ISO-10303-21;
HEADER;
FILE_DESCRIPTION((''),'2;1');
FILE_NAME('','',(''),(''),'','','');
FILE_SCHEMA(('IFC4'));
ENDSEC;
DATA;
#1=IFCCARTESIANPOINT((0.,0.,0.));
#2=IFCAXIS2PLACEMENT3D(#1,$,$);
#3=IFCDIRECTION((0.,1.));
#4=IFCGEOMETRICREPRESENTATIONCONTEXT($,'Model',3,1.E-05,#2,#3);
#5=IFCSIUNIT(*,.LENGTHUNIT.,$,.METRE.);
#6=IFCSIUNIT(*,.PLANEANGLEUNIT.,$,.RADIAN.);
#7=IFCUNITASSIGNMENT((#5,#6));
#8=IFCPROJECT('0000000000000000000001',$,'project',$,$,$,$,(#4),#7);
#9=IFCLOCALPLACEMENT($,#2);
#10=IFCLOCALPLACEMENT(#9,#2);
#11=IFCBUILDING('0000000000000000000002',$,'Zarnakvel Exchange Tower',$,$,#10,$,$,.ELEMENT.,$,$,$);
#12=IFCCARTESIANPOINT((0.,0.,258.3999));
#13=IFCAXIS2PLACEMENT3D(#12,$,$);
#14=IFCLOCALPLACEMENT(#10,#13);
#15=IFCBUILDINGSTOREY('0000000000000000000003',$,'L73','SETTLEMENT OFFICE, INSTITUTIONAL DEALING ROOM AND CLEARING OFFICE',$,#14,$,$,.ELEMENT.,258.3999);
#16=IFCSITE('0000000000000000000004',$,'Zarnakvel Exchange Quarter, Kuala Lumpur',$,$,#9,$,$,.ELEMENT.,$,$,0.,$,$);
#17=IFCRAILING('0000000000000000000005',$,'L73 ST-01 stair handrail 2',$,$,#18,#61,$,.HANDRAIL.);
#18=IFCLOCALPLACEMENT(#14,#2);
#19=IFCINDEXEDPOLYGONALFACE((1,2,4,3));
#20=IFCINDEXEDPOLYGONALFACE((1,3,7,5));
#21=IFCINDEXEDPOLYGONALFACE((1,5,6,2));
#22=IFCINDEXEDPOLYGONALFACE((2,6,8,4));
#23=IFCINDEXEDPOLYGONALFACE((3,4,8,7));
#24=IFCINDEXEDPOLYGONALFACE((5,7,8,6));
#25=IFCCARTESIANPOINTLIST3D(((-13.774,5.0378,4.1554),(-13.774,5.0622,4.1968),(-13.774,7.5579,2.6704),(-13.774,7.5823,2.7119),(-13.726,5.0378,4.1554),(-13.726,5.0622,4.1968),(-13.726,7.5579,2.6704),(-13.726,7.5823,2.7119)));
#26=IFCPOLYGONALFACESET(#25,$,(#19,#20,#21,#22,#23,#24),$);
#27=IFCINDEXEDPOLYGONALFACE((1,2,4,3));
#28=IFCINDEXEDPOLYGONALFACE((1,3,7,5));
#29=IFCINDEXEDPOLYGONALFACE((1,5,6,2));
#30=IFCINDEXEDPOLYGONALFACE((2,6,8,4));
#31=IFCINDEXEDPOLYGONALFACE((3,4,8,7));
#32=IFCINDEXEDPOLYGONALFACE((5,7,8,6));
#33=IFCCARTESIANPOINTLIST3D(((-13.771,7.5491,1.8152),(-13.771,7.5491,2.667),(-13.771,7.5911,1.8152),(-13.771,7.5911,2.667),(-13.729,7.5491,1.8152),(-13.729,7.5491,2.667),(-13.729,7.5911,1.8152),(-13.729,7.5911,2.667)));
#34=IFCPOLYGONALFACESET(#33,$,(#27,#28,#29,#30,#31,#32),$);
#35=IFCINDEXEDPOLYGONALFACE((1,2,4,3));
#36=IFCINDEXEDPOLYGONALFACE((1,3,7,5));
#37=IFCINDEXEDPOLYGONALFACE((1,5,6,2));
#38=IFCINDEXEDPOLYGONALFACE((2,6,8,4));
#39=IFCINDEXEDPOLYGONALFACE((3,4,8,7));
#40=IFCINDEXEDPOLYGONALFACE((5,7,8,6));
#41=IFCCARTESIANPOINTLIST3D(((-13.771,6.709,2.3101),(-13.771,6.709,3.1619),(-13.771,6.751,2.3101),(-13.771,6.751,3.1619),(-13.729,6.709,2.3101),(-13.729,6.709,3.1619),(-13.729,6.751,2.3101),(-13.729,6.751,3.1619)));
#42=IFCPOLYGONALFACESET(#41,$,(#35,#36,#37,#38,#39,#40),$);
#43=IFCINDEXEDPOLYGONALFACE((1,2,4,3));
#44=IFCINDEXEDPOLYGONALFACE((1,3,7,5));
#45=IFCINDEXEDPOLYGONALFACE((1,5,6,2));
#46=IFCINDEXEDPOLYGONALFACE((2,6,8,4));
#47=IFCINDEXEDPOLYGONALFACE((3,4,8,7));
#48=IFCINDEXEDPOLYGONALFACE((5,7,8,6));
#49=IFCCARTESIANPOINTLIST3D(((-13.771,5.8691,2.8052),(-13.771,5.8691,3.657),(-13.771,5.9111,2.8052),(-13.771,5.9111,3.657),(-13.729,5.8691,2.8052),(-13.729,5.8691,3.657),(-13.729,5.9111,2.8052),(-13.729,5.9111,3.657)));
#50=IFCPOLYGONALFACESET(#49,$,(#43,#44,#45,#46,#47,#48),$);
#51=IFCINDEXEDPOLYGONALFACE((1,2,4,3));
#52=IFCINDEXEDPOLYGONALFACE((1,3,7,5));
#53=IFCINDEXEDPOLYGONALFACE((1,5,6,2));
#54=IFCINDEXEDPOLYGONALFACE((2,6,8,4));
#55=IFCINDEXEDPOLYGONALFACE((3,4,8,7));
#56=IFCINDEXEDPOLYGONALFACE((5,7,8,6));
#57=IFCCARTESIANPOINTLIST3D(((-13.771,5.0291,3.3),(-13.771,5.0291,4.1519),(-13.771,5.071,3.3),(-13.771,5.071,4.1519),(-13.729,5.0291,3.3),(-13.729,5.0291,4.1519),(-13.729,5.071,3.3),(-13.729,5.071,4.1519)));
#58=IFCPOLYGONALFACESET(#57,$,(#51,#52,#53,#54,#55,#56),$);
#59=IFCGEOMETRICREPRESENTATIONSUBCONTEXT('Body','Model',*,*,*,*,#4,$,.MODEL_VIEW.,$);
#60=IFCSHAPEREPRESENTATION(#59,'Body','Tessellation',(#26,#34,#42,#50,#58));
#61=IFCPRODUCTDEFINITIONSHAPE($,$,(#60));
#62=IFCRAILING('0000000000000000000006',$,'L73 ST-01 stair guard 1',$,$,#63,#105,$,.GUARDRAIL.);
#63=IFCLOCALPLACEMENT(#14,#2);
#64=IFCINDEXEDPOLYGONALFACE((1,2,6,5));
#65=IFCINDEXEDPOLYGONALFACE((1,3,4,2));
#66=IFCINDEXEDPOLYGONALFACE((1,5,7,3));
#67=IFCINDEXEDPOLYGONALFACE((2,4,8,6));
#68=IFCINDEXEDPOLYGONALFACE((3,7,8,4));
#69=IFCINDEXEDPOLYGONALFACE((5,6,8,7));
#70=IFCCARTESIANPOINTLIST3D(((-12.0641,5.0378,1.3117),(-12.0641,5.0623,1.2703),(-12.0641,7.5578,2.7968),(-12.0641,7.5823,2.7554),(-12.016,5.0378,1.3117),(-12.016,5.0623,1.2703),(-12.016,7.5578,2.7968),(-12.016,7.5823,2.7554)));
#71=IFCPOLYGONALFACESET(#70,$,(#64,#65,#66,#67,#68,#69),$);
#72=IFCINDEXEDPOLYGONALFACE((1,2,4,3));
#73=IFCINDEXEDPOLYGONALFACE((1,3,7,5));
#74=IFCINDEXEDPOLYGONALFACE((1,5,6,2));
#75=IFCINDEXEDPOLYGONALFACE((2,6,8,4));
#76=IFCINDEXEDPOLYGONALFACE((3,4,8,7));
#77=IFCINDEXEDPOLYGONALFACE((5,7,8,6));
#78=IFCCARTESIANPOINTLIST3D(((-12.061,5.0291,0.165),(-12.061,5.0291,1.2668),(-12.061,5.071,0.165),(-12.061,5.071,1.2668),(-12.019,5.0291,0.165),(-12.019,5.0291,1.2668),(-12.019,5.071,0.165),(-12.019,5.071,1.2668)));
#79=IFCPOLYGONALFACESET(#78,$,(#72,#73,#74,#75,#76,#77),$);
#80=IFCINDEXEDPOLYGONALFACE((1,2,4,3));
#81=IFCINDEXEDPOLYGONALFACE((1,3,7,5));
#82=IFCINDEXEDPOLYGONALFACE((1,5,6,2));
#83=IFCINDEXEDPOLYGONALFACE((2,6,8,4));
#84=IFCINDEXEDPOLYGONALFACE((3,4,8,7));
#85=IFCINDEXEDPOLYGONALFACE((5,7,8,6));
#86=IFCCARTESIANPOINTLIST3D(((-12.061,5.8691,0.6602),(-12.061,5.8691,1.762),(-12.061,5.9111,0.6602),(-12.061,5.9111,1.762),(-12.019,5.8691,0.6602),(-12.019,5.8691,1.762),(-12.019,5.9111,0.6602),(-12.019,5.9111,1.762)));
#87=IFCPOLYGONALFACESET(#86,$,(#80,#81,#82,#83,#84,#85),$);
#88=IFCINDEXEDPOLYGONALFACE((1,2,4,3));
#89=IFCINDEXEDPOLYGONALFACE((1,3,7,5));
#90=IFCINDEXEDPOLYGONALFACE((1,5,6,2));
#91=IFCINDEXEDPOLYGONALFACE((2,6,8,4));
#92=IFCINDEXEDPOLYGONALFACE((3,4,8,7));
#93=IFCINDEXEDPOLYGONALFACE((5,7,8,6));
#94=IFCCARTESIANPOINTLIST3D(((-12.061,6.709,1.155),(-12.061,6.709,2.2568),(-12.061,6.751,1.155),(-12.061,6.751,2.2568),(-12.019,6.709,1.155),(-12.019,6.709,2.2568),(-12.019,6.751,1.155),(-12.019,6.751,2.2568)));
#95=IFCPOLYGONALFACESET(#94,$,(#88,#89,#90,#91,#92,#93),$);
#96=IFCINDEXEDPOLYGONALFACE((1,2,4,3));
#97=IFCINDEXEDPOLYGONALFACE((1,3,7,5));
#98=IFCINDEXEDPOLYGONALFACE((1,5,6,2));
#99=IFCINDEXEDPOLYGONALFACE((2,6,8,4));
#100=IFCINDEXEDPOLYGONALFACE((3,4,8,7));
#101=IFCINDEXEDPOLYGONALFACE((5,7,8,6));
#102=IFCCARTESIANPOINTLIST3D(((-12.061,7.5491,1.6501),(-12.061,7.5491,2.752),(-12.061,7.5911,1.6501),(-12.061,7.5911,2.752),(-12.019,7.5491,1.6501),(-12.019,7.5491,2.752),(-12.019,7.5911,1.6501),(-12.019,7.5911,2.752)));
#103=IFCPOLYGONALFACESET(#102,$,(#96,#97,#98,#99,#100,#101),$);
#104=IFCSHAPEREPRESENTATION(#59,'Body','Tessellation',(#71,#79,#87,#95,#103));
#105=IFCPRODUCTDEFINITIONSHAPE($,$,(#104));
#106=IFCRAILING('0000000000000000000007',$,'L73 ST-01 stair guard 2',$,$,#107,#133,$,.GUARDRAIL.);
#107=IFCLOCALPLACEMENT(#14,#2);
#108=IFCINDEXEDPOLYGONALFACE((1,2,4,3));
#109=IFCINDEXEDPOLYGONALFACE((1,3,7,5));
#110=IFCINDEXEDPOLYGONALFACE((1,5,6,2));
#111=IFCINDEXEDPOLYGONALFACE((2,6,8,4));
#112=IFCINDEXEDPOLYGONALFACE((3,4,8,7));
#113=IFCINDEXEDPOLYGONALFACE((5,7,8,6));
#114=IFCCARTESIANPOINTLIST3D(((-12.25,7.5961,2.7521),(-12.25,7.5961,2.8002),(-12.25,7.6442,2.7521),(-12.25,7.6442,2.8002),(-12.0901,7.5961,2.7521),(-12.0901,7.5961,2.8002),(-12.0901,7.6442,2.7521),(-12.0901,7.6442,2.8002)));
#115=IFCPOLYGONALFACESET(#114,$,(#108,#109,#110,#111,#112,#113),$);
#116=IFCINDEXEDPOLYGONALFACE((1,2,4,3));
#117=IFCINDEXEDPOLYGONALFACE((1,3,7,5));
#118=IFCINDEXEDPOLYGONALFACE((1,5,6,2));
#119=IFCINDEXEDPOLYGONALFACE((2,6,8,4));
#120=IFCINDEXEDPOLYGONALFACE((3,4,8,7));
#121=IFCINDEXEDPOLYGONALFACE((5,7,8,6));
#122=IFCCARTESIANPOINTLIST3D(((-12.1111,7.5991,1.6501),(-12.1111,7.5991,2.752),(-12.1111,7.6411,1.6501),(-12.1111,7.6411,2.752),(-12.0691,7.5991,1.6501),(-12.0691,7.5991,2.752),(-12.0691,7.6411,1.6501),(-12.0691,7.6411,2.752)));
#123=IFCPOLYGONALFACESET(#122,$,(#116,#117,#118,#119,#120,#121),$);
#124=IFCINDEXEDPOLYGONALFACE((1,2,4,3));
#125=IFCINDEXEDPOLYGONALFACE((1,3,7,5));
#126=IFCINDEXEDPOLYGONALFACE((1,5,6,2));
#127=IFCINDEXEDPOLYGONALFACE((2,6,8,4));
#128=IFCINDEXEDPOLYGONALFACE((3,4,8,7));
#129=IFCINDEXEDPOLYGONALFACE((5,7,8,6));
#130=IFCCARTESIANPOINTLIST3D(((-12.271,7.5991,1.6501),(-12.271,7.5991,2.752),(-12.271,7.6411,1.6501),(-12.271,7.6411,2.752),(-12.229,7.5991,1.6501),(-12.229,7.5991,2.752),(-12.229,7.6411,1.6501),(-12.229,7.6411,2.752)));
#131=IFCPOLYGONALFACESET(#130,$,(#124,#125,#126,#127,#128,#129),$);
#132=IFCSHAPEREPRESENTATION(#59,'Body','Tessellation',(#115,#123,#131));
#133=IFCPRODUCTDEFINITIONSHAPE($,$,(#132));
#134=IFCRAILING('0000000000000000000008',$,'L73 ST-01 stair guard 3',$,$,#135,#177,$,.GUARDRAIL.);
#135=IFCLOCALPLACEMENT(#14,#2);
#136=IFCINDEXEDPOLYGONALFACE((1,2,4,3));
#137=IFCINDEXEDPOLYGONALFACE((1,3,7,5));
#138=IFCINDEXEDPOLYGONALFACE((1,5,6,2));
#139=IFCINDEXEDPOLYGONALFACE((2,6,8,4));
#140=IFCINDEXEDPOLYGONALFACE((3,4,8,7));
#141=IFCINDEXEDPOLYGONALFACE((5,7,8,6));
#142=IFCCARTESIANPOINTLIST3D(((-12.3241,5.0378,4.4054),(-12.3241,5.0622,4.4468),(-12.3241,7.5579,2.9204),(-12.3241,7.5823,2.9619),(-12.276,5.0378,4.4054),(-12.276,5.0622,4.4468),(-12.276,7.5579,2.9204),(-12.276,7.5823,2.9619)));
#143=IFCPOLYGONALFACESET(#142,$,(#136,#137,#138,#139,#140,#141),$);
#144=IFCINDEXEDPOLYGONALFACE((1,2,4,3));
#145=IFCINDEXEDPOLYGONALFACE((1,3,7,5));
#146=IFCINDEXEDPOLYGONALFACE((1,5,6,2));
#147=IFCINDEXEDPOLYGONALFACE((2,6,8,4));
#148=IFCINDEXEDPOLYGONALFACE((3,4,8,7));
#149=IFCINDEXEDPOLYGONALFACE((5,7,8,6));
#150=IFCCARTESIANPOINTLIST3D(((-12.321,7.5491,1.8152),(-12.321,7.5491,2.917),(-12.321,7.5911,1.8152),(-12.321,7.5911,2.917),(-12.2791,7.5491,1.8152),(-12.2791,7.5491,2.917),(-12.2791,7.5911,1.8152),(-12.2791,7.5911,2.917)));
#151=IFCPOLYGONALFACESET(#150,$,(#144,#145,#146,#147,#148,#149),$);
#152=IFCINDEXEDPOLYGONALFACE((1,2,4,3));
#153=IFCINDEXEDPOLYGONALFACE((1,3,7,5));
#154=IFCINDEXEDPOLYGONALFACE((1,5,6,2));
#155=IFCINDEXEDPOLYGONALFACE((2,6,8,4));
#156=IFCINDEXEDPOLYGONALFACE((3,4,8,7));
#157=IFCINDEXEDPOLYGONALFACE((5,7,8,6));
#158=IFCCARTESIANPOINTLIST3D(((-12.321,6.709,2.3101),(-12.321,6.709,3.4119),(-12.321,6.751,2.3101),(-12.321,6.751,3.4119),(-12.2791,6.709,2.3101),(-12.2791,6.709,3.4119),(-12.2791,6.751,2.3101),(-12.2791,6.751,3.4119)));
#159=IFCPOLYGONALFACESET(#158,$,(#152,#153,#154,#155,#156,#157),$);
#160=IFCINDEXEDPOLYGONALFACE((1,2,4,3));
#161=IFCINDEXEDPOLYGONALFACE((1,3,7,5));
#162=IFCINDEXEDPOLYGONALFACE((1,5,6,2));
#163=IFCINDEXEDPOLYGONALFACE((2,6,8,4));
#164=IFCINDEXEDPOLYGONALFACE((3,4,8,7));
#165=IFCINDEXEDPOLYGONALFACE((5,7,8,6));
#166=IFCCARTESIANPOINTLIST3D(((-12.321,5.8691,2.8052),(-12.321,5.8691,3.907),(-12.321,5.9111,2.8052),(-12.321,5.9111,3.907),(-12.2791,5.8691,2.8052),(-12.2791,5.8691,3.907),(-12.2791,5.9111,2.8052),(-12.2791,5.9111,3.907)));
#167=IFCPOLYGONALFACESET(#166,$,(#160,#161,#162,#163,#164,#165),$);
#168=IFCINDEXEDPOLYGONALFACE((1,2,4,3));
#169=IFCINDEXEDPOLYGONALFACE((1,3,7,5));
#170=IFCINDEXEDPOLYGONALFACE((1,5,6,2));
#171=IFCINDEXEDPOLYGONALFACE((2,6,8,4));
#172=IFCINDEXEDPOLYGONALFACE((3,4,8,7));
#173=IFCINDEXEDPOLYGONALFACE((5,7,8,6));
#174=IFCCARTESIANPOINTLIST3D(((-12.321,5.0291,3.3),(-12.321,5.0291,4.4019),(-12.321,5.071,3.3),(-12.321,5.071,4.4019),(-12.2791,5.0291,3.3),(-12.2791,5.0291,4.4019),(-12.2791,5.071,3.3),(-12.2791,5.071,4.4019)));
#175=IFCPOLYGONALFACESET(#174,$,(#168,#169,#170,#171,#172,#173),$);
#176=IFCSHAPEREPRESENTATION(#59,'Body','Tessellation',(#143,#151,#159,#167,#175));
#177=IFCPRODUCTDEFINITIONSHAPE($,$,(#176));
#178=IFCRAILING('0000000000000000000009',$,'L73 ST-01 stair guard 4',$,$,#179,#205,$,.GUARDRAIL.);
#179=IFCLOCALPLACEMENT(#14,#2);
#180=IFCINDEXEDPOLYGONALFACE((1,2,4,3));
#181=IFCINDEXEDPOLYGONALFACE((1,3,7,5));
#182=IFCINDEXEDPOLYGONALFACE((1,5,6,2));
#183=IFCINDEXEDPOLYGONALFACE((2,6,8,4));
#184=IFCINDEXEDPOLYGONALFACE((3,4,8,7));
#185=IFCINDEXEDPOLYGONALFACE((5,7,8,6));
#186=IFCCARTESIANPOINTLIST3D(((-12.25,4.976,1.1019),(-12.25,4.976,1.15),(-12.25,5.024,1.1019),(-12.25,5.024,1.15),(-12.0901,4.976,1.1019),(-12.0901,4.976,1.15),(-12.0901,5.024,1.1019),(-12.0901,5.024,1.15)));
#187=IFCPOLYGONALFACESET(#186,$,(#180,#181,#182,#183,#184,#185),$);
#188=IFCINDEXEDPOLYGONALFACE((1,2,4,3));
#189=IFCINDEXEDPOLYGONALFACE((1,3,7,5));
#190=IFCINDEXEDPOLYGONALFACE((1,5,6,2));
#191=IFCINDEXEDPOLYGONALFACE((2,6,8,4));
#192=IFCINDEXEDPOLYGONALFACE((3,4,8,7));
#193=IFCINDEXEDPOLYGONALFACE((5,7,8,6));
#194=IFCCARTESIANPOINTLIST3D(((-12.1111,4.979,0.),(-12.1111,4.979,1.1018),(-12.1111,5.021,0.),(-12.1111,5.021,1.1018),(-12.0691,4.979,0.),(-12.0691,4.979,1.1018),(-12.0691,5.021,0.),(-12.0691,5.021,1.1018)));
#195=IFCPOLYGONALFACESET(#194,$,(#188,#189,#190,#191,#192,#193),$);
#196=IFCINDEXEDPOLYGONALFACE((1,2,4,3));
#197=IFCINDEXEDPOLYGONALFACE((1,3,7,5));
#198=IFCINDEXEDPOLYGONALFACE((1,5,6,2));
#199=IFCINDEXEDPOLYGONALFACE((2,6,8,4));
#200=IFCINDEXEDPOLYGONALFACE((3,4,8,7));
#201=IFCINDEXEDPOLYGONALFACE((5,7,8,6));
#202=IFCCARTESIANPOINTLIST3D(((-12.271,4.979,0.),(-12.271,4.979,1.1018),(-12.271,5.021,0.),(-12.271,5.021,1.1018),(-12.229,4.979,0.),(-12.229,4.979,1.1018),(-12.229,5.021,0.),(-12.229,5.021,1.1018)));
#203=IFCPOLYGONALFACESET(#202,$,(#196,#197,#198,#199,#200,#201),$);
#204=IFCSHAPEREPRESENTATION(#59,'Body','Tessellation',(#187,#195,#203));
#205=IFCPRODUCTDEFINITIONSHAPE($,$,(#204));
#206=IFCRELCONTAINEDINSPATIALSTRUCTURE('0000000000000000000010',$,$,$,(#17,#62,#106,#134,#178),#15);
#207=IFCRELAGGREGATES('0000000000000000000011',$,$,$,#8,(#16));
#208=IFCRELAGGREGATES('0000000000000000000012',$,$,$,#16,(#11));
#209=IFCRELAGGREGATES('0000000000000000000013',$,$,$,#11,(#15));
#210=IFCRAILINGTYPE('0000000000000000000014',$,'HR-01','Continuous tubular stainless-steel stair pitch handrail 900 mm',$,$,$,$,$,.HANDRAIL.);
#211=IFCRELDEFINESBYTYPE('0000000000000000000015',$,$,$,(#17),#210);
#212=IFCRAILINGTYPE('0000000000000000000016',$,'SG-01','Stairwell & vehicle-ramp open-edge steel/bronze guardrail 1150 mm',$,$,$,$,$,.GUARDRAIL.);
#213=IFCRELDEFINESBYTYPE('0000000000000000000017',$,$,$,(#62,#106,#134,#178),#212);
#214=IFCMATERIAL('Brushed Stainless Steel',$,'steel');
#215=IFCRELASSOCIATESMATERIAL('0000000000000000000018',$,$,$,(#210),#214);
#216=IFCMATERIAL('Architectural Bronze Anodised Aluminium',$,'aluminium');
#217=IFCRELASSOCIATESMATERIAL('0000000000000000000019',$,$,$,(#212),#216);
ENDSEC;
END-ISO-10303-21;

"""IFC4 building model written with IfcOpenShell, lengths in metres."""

from ifc_helpers import new_model, si_unit, direction, frame, origin, origin_2d, place, context, subcontext, project, spatial, rectangle, extrude, material, type_object, element, save


model = new_model("IFC4")

# Units and contexts
model_context = context("Model", 3, precision=1e-05, world=origin(), true_north=direction((0.0, 1.0)))
body_context = subcontext(model_context, "Body", "Model", "MODEL_VIEW")
ifc_project = project(units=[si_unit("LENGTHUNIT", "METRE"), si_unit("PLANEANGLEUNIT", "RADIAN")], contexts=[model_context])

# Site, building, storey
site_placement = place(None, origin())
site = spatial("IfcSite", under=ifc_project, at=site_placement, Name="Zarnakvel Exchange Quarter, Kuala Lumpur", CompositionType="ELEMENT", RefElevation=0.0)
building_placement = place(site_placement, origin())
building = spatial("IfcBuilding", under=site, at=building_placement, Name="Zarnakvel Exchange Tower", CompositionType="ELEMENT")
storey_placement = place(building_placement, frame((0.0, 0.0, 258.3999)))
storey = spatial("IfcBuildingStorey", under=building, at=storey_placement, Name="L73", Description="SETTLEMENT OFFICE, INSTITUTIONAL DEALING ROOM AND CLEARING OFFICE", CompositionType="ELEMENT", Elevation=258.3999)

# Shared definitions
ifc_material_1 = material(Name="Architectural Bronze Anodised Aluminium", Category="aluminium")

# Railings
ifc_material_2 = material(Name="Brushed Stainless Steel", Category="steel")
railing_type_1 = type_object("IfcRailingType", Name="HR-01", Description="Continuous tubular stainless-steel stair pitch handrail 900 mm", PredefinedType="HANDRAIL", material=ifc_material_2)
railing_1_placement = place(storey_placement, frame((-13.75, 7.5701, 1.8152)))
element("IfcRailing", 1, at=railing_1_placement, inside=storey, type_object=railing_type_1, Name="L73 ST-01 stair handrail 2", PredefinedType="HANDRAIL", context=body_context, shape_type="SweptSolid", body=[
    extrude(rectangle(XDim=0.0481, YDim=0.0481, at=origin_2d()), frame((0.0, 0.0, 0.876), z_axis=(0.0, -0.861561, 0.507655), x_axis=(1.0, 0.0, 0.0)), (0.0, 0.0, 1.0), 2.925),
    extrude(rectangle(XDim=0.042, YDim=0.042, at=origin_2d()), origin(), (0.0, 0.0, 1.0), 0.8518),
    extrude(rectangle(XDim=0.042, YDim=0.042, at=origin_2d()), frame((0.0, -0.8401, 0.4949)), (0.0, 0.0, 1.0), 0.8518),
    extrude(rectangle(XDim=0.042, YDim=0.042, at=origin_2d()), frame((0.0, -1.6799, 0.99)), (0.0, 0.0, 1.0), 0.8518),
    extrude(rectangle(XDim=0.042, YDim=0.042, at=origin_2d()), frame((0.0, -2.52, 1.4849)), (0.0, 0.0, 1.0), 0.8518),
])
railing_type_2 = type_object("IfcRailingType", Name="SG-01", Description="Stairwell & vehicle-ramp open-edge steel/bronze guardrail 1150 mm", PredefinedType="GUARDRAIL", material=ifc_material_1)
railing_2_placement = place(storey_placement, frame((-12.04, 5.05, 0.165)))
element("IfcRailing", 2, at=railing_2_placement, inside=storey, type_object=railing_type_2, Name="L73 ST-01 stair guard 1", PredefinedType="GUARDRAIL", context=body_context, shape_type="SweptSolid", body=[
    extrude(rectangle(XDim=0.0481, YDim=0.0481, at=origin_2d()), frame((0.0, 0.0, 1.126), z_axis=(0.0, 0.861524, 0.507717), x_axis=(-1.0, 0.0, 0.0)), (0.0, 0.0, 1.0), 2.925),
    extrude(rectangle(XDim=0.042, YDim=0.042, at=origin_2d()), origin(), (0.0, 0.0, 1.0), 1.1018),
    extrude(rectangle(XDim=0.042, YDim=0.042, at=origin_2d()), frame((0.0, 0.8401, 0.4951)), (0.0, 0.0, 1.0), 1.1018),
    extrude(rectangle(XDim=0.042, YDim=0.042, at=origin_2d()), frame((0.0, 1.6799, 0.99)), (0.0, 0.0, 1.0), 1.1018),
    extrude(rectangle(XDim=0.042, YDim=0.042, at=origin_2d()), frame((0.0, 2.52, 1.4851)), (0.0, 0.0, 1.0), 1.1018),
])
railing_3_placement = place(storey_placement, frame((-12.0901, 7.6201, 1.6501)))
element("IfcRailing", 3, at=railing_3_placement, inside=storey, type_object=railing_type_2, Name="L73 ST-01 stair guard 2", PredefinedType="GUARDRAIL", context=body_context, shape_type="SweptSolid", body=[
    extrude(rectangle(XDim=0.0481, YDim=0.0481, at=origin_2d()), frame((0.0, 0.0, 1.126), z_axis=(-1.0, 0.0, 0.0), x_axis=(0.0, -1.0, 0.0)), (0.0, 0.0, 1.0), 0.1599),
    extrude(rectangle(XDim=0.042, YDim=0.042, at=origin_2d()), origin(), (0.0, 0.0, 1.0), 1.1018),
    extrude(rectangle(XDim=0.042, YDim=0.042, at=origin_2d()), frame((-0.1599, 0.0, 0.0)), (0.0, 0.0, 1.0), 1.1018),
])
railing_4_placement = place(storey_placement, frame((-12.3, 7.5701, 1.8152)))
element("IfcRailing", 4, at=railing_4_placement, inside=storey, type_object=railing_type_2, Name="L73 ST-01 stair guard 3", PredefinedType="GUARDRAIL", context=body_context, shape_type="SweptSolid", body=[
    extrude(rectangle(XDim=0.0481, YDim=0.0481, at=origin_2d()), frame((0.0, 0.0, 1.126), z_axis=(0.0, -0.861561, 0.507655), x_axis=(1.0, 0.0, 0.0)), (0.0, 0.0, 1.0), 2.925),
    extrude(rectangle(XDim=0.042, YDim=0.042, at=origin_2d()), origin(), (0.0, 0.0, 1.0), 1.1018),
    extrude(rectangle(XDim=0.042, YDim=0.042, at=origin_2d()), frame((0.0, -0.8401, 0.4949)), (0.0, 0.0, 1.0), 1.1018),
    extrude(rectangle(XDim=0.042, YDim=0.042, at=origin_2d()), frame((0.0, -1.6799, 0.99)), (0.0, 0.0, 1.0), 1.1018),
    extrude(rectangle(XDim=0.042, YDim=0.042, at=origin_2d()), frame((0.0, -2.52, 1.4849)), (0.0, 0.0, 1.0), 1.1018),
])
railing_5_placement = place(storey_placement, frame((-12.0901, 5.0, 0.0)))
element("IfcRailing", 5, at=railing_5_placement, inside=storey, type_object=railing_type_2, Name="L73 ST-01 stair guard 4", PredefinedType="GUARDRAIL", context=body_context, shape_type="SweptSolid", body=[
    extrude(rectangle(XDim=0.0481, YDim=0.0481, at=origin_2d()), frame((0.0, 0.0, 1.126), z_axis=(-1.0, 0.0, 0.0), x_axis=(0.0, -1.0, 0.0)), (0.0, 0.0, 1.0), 0.1599),
    extrude(rectangle(XDim=0.042, YDim=0.042, at=origin_2d()), origin(), (0.0, 0.0, 1.0), 1.1018),
    extrude(rectangle(XDim=0.042, YDim=0.042, at=origin_2d()), frame((-0.1599, 0.0, 0.0)), (0.0, 0.0, 1.0), 1.1018),
])

save(model, "model.ifc")
